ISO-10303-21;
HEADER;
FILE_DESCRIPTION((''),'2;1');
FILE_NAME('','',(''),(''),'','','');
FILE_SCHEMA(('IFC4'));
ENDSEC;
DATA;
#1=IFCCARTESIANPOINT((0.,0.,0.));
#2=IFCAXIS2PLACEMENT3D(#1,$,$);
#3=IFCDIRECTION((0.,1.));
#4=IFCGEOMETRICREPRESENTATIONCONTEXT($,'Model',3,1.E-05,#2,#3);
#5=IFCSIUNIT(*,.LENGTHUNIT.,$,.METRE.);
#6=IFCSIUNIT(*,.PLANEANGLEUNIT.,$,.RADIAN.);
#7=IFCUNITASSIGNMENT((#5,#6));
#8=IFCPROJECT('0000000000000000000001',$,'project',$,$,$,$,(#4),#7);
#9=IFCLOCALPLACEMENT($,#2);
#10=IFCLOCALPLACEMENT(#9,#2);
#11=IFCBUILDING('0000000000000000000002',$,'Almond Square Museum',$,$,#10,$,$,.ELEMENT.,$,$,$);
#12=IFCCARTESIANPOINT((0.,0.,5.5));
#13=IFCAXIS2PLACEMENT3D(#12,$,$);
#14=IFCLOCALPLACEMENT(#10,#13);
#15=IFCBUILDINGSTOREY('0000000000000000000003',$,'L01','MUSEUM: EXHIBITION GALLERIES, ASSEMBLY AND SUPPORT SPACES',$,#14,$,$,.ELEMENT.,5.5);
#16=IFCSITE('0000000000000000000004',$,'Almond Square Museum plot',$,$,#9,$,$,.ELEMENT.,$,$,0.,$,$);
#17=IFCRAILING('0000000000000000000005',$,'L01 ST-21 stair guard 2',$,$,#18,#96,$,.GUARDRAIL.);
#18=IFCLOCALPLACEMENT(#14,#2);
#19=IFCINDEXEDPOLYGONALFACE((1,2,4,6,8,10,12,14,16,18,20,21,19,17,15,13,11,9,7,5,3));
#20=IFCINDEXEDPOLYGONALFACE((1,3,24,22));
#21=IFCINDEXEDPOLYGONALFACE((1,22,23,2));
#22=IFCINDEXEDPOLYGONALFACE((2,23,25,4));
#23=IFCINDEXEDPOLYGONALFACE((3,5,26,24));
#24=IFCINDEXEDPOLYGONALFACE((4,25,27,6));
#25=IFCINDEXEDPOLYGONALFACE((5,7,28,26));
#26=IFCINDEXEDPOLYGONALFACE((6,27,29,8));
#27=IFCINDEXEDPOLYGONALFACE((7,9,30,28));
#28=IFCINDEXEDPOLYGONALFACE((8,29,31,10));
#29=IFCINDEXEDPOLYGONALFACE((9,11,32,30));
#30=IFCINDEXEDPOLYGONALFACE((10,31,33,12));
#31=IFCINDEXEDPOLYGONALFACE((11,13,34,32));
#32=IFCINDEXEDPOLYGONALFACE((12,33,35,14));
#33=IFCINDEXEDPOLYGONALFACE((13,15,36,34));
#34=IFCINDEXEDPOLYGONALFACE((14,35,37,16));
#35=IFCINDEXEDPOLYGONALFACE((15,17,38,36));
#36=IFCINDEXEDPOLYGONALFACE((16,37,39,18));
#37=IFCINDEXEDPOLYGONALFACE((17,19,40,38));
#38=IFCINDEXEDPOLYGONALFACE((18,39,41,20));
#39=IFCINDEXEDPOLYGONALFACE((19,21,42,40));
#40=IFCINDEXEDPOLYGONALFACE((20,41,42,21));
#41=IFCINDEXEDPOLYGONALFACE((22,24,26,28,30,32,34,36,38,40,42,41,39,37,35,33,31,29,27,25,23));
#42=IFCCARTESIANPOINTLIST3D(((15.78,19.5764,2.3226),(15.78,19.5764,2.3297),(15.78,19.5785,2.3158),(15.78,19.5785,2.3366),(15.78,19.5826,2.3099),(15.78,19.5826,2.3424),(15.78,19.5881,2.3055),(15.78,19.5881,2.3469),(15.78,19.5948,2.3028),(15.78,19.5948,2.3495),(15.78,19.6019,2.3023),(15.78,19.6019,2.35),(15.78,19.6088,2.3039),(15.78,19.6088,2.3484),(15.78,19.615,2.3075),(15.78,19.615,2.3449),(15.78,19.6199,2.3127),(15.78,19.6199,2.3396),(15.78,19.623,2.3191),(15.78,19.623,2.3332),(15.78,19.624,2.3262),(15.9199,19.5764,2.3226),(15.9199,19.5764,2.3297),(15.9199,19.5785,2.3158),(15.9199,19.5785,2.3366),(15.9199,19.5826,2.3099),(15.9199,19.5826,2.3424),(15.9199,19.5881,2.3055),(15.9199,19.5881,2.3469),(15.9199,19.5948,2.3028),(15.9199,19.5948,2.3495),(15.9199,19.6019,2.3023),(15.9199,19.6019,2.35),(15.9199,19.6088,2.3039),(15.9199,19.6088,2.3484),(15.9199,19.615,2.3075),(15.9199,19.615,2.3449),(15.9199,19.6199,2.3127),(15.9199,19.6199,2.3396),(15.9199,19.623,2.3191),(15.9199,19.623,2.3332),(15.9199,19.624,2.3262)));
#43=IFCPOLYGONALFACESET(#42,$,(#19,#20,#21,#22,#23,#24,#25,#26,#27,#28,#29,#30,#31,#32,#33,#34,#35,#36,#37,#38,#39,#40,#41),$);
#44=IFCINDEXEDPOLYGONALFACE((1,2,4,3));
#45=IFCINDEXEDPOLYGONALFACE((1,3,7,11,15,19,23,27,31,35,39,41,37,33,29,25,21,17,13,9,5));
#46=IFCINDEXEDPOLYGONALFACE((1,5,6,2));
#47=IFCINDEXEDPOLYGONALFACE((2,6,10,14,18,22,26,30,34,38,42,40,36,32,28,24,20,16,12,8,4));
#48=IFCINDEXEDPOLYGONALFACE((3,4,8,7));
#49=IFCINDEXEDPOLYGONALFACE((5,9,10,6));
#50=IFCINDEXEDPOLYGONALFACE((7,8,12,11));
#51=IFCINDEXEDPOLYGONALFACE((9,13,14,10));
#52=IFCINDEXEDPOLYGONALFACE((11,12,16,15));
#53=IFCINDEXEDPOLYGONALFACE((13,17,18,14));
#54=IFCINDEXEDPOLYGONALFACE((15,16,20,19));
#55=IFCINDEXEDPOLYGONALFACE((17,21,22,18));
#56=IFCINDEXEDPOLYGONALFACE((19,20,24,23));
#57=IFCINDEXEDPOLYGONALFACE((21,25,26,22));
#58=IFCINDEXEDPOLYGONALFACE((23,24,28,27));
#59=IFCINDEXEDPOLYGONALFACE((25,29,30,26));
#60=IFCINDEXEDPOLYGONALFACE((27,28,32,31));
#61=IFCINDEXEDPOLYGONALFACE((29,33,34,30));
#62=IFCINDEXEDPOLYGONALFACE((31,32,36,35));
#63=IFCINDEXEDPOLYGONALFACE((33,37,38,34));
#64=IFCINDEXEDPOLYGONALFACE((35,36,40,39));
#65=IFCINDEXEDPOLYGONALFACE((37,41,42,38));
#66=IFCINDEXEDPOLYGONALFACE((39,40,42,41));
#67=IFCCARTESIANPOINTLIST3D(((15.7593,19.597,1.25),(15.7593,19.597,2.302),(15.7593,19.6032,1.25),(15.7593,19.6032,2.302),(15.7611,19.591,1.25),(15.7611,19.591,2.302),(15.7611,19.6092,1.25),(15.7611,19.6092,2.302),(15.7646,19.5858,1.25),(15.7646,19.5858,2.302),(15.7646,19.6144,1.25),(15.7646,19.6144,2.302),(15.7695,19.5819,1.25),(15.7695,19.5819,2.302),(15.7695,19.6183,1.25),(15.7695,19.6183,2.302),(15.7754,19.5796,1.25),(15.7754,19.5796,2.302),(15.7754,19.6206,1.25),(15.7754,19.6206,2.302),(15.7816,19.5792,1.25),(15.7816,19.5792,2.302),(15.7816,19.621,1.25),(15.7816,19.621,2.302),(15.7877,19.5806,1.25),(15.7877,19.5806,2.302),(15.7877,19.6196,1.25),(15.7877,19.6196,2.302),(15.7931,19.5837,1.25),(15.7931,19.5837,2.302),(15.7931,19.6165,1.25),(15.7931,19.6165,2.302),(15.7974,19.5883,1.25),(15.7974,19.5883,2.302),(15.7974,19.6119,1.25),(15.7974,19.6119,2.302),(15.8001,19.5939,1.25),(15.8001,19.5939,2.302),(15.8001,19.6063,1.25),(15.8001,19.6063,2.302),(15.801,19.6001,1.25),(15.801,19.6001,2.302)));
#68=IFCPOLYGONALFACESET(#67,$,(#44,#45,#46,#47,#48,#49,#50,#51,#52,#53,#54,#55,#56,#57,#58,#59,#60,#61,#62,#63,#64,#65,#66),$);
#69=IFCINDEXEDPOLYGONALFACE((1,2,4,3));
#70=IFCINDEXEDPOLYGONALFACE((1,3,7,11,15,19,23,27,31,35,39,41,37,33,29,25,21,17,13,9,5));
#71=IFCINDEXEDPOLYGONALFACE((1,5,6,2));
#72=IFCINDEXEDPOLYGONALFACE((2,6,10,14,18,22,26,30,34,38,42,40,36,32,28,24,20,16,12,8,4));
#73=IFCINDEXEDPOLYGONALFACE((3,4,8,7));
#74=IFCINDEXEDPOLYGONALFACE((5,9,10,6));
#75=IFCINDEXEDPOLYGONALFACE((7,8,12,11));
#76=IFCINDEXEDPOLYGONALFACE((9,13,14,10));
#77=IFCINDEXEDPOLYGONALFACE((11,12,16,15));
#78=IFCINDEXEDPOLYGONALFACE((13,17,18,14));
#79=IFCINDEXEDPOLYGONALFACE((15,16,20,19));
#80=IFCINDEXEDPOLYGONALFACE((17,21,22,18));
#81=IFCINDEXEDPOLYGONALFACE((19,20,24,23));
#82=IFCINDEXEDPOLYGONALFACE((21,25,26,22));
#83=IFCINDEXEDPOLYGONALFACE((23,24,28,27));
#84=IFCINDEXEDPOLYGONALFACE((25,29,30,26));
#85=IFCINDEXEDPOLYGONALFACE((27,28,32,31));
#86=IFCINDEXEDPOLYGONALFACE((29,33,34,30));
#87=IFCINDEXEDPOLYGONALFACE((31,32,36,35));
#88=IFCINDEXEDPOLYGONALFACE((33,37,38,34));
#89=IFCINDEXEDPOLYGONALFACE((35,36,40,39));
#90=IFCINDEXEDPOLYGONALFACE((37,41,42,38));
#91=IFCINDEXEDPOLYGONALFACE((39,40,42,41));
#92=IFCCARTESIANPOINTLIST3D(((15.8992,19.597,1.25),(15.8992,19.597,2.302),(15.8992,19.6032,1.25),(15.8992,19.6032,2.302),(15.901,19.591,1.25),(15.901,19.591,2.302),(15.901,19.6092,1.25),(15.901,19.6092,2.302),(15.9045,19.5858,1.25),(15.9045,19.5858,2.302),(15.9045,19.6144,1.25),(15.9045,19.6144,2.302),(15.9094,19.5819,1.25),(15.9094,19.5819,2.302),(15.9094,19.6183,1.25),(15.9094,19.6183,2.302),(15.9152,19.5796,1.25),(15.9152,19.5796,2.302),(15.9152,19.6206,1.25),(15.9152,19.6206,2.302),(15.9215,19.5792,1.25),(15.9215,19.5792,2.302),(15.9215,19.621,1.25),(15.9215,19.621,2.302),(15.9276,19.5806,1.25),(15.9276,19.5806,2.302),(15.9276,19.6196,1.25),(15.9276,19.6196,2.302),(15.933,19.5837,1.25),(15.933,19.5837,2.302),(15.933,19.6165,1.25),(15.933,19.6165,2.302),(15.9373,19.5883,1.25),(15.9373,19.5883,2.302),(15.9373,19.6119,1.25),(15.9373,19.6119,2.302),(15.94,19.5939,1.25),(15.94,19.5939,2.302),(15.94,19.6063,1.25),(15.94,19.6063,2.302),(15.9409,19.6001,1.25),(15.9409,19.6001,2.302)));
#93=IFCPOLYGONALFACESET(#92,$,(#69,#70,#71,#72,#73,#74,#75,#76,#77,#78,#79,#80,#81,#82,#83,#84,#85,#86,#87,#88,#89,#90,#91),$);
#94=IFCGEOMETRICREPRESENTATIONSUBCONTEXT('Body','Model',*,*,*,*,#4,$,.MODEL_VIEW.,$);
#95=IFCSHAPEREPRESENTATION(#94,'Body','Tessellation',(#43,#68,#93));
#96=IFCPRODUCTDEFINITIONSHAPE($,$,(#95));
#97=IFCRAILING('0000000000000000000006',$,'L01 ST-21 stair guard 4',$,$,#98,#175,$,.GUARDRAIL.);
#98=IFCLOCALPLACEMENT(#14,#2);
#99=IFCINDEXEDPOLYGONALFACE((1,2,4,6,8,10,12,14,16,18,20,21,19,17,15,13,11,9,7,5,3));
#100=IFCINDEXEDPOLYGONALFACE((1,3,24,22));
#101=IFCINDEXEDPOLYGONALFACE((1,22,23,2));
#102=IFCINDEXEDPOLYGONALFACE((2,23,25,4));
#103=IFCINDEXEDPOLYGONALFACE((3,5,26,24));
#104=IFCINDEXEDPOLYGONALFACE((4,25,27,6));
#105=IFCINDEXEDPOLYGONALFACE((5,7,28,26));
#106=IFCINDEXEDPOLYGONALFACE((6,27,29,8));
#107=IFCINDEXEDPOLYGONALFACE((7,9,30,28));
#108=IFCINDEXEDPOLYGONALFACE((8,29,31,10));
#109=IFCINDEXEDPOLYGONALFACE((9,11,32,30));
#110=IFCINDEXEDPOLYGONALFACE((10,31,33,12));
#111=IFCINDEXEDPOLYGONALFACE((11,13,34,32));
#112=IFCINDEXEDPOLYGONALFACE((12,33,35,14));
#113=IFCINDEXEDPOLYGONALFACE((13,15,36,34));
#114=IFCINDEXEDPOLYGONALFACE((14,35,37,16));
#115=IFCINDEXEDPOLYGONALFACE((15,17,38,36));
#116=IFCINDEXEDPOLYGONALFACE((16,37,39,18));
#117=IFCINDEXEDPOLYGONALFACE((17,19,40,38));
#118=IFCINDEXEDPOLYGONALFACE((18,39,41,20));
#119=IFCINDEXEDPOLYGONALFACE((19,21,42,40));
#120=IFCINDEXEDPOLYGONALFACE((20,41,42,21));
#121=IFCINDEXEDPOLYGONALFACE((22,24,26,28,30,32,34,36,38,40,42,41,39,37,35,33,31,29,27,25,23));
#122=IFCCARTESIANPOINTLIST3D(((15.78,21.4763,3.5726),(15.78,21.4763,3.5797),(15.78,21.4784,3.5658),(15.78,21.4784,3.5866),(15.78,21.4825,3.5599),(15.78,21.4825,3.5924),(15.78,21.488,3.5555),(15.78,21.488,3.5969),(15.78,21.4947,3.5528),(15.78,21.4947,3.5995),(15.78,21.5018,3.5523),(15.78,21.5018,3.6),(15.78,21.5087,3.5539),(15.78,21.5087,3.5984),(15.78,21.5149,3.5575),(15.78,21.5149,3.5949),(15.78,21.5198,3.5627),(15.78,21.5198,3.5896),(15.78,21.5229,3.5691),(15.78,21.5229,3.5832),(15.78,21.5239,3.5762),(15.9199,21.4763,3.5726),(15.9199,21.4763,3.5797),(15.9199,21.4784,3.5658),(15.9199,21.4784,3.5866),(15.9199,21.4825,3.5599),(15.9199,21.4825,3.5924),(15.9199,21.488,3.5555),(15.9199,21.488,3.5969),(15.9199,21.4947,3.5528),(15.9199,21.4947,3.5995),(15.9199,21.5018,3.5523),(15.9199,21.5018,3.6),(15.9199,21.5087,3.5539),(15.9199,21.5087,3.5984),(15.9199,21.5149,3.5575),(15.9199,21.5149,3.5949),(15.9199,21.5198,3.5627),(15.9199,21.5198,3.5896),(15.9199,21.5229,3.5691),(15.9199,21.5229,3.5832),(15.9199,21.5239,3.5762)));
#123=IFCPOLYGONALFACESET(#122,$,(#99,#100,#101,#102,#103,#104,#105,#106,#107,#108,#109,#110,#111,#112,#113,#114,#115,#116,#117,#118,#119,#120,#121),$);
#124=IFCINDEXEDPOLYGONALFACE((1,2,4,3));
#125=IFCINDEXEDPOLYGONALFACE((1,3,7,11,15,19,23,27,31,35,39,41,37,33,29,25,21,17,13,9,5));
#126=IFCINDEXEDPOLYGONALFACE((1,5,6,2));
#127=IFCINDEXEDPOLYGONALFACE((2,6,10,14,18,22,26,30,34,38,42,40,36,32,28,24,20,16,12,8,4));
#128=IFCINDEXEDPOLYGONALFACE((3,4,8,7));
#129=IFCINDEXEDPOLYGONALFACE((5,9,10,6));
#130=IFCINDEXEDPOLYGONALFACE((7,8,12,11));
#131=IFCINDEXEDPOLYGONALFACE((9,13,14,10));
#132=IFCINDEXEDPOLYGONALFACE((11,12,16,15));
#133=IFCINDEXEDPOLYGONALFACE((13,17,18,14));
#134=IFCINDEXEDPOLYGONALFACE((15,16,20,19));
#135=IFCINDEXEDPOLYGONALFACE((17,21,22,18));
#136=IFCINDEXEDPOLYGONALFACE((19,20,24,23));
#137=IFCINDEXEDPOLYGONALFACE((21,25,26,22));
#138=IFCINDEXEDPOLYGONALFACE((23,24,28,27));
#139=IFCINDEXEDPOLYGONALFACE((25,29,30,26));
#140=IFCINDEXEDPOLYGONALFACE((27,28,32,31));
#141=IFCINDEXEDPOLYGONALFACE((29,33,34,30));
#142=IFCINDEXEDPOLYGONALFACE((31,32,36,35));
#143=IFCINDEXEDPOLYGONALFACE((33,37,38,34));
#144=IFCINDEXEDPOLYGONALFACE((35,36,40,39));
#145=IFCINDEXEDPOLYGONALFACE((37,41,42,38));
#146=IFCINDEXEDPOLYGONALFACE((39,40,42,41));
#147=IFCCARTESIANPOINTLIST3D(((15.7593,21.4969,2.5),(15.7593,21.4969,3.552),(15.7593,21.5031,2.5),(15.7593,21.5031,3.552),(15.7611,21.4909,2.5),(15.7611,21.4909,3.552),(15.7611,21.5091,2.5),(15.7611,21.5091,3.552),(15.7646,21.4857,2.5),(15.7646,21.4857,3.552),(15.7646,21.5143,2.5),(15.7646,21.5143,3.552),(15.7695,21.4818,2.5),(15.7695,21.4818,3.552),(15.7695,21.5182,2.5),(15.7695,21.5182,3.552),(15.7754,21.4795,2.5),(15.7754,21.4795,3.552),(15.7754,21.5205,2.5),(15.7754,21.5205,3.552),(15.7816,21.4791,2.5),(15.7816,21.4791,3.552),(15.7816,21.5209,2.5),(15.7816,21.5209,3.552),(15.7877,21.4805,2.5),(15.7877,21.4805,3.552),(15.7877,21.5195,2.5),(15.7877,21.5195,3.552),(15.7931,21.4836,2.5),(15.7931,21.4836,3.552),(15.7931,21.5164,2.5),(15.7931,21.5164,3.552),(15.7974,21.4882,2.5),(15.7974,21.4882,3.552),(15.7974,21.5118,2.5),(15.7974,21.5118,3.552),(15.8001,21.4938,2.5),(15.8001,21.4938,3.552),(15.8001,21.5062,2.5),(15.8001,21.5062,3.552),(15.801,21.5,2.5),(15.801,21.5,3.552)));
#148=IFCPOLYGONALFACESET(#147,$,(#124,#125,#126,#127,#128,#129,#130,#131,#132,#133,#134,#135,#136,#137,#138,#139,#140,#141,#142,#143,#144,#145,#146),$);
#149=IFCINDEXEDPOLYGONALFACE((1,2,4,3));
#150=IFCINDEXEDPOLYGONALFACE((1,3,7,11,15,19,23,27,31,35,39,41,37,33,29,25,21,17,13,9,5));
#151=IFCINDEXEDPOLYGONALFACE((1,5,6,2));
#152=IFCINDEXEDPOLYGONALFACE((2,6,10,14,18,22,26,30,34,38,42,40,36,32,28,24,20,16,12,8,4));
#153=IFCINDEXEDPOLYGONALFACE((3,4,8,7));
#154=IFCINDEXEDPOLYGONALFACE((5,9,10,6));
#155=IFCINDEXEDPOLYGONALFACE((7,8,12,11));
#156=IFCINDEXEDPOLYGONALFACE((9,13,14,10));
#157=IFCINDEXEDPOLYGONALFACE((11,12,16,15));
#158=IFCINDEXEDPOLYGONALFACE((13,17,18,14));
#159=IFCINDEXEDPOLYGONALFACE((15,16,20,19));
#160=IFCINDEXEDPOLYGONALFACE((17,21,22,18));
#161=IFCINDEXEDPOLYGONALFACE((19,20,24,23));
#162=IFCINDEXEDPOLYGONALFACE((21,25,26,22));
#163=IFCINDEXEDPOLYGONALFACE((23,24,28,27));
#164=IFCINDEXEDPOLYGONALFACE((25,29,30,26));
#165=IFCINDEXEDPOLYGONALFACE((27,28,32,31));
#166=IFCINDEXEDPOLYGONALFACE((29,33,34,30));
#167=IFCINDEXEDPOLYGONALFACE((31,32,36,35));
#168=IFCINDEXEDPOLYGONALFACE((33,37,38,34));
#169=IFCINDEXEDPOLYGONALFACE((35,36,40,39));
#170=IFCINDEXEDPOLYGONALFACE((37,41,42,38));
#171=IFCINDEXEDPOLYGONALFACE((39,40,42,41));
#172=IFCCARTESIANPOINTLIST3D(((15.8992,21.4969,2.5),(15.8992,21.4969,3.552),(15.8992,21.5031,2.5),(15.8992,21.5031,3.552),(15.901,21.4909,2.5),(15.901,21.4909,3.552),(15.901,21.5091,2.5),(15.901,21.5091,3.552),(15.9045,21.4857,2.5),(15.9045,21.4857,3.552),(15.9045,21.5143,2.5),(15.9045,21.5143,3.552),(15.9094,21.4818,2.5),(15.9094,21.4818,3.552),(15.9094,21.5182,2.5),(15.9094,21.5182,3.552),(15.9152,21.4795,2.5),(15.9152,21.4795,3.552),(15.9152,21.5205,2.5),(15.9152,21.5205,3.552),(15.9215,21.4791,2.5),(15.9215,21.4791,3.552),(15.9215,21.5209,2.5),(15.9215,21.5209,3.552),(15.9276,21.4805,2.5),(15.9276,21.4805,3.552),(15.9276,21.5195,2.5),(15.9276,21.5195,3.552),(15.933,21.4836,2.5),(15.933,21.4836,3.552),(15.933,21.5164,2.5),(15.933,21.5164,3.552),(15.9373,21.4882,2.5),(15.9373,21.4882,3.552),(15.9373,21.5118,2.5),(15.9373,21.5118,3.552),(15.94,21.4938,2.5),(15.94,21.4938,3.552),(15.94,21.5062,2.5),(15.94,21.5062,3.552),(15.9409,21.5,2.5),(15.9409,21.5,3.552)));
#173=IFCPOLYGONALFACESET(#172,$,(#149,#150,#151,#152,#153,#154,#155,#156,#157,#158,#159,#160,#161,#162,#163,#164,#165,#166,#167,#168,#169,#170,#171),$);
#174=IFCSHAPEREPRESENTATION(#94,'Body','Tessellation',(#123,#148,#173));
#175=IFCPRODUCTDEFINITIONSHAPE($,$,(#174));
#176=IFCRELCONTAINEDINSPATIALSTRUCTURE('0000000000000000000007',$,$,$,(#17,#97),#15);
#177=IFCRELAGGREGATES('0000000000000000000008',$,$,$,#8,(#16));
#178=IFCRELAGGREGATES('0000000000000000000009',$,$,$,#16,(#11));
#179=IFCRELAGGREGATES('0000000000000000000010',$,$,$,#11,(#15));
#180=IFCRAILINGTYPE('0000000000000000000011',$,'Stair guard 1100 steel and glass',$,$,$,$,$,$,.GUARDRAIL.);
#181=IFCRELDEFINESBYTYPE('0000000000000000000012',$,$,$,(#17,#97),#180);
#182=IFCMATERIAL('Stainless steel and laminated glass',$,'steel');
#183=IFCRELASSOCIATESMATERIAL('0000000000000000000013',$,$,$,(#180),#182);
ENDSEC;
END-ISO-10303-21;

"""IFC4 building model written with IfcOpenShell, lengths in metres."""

from ifc_helpers import new_model, si_unit, direction, frame, origin, origin_2d, place, context, subcontext, project, spatial, circle, extrude, material, type_object, element, save


model = new_model("IFC4")

# Units and contexts
model_context = context("Model", 3, precision=1e-05, world=origin(), true_north=direction((0.0, 1.0)))
body_context = subcontext(model_context, "Body", "Model", "MODEL_VIEW")
ifc_project = project(units=[si_unit("LENGTHUNIT", "METRE"), si_unit("PLANEANGLEUNIT", "RADIAN")], contexts=[model_context])

# Site, building, storey
site_placement = place(None, origin())
site = spatial("IfcSite", under=ifc_project, at=site_placement, Name="Almond Square Museum plot", CompositionType="ELEMENT", RefElevation=0.0)
building_placement = place(site_placement, origin())
building = spatial("IfcBuilding", under=site, at=building_placement, Name="Almond Square Museum", CompositionType="ELEMENT")
storey_placement = place(building_placement, frame((0.0, 0.0, 5.5)))
storey = spatial("IfcBuildingStorey", under=building, at=storey_placement, Name="L01", Description="MUSEUM: EXHIBITION GALLERIES, ASSEMBLY AND SUPPORT SPACES", CompositionType="ELEMENT", Elevation=5.5)

# Railings
ifc_material_1 = material(Name="Stainless steel and laminated glass", Category="steel")
railing_type_1 = type_object("IfcRailingType", Name="Stair guard 1100 steel and glass", PredefinedType="GUARDRAIL", material=ifc_material_1)
for number, where, name in (
    (1, (15.78, 19.6001, 1.25), "L01 ST-21 stair guard 2"),
    (2, (15.78, 21.5, 2.5), "L01 ST-21 stair guard 4"),
):
    element("IfcRailing", number, at=place(storey_placement, frame(where)), inside=storey, type_object=railing_type_1, Name=name, PredefinedType="GUARDRAIL", context=body_context, shape_type="SweptSolid", body=[
        extrude(circle(Radius=0.0239, at=origin_2d()), frame((0.0, 0.0, 1.0762), z_axis=(1.0, 0.0, 0.0), x_axis=(0.0, 1.0, 0.0)), (0.0, 0.0, 1.0), 0.1399),
        extrude(circle(Radius=0.021, at=origin_2d()), origin(), (0.0, 0.0, 1.0), 1.052),
        extrude(circle(Radius=0.021, at=origin_2d()), frame((0.1399, 0.0, 0.0)), (0.0, 0.0, 1.0), 1.052),
    ])

save(model, "model.ifc")
